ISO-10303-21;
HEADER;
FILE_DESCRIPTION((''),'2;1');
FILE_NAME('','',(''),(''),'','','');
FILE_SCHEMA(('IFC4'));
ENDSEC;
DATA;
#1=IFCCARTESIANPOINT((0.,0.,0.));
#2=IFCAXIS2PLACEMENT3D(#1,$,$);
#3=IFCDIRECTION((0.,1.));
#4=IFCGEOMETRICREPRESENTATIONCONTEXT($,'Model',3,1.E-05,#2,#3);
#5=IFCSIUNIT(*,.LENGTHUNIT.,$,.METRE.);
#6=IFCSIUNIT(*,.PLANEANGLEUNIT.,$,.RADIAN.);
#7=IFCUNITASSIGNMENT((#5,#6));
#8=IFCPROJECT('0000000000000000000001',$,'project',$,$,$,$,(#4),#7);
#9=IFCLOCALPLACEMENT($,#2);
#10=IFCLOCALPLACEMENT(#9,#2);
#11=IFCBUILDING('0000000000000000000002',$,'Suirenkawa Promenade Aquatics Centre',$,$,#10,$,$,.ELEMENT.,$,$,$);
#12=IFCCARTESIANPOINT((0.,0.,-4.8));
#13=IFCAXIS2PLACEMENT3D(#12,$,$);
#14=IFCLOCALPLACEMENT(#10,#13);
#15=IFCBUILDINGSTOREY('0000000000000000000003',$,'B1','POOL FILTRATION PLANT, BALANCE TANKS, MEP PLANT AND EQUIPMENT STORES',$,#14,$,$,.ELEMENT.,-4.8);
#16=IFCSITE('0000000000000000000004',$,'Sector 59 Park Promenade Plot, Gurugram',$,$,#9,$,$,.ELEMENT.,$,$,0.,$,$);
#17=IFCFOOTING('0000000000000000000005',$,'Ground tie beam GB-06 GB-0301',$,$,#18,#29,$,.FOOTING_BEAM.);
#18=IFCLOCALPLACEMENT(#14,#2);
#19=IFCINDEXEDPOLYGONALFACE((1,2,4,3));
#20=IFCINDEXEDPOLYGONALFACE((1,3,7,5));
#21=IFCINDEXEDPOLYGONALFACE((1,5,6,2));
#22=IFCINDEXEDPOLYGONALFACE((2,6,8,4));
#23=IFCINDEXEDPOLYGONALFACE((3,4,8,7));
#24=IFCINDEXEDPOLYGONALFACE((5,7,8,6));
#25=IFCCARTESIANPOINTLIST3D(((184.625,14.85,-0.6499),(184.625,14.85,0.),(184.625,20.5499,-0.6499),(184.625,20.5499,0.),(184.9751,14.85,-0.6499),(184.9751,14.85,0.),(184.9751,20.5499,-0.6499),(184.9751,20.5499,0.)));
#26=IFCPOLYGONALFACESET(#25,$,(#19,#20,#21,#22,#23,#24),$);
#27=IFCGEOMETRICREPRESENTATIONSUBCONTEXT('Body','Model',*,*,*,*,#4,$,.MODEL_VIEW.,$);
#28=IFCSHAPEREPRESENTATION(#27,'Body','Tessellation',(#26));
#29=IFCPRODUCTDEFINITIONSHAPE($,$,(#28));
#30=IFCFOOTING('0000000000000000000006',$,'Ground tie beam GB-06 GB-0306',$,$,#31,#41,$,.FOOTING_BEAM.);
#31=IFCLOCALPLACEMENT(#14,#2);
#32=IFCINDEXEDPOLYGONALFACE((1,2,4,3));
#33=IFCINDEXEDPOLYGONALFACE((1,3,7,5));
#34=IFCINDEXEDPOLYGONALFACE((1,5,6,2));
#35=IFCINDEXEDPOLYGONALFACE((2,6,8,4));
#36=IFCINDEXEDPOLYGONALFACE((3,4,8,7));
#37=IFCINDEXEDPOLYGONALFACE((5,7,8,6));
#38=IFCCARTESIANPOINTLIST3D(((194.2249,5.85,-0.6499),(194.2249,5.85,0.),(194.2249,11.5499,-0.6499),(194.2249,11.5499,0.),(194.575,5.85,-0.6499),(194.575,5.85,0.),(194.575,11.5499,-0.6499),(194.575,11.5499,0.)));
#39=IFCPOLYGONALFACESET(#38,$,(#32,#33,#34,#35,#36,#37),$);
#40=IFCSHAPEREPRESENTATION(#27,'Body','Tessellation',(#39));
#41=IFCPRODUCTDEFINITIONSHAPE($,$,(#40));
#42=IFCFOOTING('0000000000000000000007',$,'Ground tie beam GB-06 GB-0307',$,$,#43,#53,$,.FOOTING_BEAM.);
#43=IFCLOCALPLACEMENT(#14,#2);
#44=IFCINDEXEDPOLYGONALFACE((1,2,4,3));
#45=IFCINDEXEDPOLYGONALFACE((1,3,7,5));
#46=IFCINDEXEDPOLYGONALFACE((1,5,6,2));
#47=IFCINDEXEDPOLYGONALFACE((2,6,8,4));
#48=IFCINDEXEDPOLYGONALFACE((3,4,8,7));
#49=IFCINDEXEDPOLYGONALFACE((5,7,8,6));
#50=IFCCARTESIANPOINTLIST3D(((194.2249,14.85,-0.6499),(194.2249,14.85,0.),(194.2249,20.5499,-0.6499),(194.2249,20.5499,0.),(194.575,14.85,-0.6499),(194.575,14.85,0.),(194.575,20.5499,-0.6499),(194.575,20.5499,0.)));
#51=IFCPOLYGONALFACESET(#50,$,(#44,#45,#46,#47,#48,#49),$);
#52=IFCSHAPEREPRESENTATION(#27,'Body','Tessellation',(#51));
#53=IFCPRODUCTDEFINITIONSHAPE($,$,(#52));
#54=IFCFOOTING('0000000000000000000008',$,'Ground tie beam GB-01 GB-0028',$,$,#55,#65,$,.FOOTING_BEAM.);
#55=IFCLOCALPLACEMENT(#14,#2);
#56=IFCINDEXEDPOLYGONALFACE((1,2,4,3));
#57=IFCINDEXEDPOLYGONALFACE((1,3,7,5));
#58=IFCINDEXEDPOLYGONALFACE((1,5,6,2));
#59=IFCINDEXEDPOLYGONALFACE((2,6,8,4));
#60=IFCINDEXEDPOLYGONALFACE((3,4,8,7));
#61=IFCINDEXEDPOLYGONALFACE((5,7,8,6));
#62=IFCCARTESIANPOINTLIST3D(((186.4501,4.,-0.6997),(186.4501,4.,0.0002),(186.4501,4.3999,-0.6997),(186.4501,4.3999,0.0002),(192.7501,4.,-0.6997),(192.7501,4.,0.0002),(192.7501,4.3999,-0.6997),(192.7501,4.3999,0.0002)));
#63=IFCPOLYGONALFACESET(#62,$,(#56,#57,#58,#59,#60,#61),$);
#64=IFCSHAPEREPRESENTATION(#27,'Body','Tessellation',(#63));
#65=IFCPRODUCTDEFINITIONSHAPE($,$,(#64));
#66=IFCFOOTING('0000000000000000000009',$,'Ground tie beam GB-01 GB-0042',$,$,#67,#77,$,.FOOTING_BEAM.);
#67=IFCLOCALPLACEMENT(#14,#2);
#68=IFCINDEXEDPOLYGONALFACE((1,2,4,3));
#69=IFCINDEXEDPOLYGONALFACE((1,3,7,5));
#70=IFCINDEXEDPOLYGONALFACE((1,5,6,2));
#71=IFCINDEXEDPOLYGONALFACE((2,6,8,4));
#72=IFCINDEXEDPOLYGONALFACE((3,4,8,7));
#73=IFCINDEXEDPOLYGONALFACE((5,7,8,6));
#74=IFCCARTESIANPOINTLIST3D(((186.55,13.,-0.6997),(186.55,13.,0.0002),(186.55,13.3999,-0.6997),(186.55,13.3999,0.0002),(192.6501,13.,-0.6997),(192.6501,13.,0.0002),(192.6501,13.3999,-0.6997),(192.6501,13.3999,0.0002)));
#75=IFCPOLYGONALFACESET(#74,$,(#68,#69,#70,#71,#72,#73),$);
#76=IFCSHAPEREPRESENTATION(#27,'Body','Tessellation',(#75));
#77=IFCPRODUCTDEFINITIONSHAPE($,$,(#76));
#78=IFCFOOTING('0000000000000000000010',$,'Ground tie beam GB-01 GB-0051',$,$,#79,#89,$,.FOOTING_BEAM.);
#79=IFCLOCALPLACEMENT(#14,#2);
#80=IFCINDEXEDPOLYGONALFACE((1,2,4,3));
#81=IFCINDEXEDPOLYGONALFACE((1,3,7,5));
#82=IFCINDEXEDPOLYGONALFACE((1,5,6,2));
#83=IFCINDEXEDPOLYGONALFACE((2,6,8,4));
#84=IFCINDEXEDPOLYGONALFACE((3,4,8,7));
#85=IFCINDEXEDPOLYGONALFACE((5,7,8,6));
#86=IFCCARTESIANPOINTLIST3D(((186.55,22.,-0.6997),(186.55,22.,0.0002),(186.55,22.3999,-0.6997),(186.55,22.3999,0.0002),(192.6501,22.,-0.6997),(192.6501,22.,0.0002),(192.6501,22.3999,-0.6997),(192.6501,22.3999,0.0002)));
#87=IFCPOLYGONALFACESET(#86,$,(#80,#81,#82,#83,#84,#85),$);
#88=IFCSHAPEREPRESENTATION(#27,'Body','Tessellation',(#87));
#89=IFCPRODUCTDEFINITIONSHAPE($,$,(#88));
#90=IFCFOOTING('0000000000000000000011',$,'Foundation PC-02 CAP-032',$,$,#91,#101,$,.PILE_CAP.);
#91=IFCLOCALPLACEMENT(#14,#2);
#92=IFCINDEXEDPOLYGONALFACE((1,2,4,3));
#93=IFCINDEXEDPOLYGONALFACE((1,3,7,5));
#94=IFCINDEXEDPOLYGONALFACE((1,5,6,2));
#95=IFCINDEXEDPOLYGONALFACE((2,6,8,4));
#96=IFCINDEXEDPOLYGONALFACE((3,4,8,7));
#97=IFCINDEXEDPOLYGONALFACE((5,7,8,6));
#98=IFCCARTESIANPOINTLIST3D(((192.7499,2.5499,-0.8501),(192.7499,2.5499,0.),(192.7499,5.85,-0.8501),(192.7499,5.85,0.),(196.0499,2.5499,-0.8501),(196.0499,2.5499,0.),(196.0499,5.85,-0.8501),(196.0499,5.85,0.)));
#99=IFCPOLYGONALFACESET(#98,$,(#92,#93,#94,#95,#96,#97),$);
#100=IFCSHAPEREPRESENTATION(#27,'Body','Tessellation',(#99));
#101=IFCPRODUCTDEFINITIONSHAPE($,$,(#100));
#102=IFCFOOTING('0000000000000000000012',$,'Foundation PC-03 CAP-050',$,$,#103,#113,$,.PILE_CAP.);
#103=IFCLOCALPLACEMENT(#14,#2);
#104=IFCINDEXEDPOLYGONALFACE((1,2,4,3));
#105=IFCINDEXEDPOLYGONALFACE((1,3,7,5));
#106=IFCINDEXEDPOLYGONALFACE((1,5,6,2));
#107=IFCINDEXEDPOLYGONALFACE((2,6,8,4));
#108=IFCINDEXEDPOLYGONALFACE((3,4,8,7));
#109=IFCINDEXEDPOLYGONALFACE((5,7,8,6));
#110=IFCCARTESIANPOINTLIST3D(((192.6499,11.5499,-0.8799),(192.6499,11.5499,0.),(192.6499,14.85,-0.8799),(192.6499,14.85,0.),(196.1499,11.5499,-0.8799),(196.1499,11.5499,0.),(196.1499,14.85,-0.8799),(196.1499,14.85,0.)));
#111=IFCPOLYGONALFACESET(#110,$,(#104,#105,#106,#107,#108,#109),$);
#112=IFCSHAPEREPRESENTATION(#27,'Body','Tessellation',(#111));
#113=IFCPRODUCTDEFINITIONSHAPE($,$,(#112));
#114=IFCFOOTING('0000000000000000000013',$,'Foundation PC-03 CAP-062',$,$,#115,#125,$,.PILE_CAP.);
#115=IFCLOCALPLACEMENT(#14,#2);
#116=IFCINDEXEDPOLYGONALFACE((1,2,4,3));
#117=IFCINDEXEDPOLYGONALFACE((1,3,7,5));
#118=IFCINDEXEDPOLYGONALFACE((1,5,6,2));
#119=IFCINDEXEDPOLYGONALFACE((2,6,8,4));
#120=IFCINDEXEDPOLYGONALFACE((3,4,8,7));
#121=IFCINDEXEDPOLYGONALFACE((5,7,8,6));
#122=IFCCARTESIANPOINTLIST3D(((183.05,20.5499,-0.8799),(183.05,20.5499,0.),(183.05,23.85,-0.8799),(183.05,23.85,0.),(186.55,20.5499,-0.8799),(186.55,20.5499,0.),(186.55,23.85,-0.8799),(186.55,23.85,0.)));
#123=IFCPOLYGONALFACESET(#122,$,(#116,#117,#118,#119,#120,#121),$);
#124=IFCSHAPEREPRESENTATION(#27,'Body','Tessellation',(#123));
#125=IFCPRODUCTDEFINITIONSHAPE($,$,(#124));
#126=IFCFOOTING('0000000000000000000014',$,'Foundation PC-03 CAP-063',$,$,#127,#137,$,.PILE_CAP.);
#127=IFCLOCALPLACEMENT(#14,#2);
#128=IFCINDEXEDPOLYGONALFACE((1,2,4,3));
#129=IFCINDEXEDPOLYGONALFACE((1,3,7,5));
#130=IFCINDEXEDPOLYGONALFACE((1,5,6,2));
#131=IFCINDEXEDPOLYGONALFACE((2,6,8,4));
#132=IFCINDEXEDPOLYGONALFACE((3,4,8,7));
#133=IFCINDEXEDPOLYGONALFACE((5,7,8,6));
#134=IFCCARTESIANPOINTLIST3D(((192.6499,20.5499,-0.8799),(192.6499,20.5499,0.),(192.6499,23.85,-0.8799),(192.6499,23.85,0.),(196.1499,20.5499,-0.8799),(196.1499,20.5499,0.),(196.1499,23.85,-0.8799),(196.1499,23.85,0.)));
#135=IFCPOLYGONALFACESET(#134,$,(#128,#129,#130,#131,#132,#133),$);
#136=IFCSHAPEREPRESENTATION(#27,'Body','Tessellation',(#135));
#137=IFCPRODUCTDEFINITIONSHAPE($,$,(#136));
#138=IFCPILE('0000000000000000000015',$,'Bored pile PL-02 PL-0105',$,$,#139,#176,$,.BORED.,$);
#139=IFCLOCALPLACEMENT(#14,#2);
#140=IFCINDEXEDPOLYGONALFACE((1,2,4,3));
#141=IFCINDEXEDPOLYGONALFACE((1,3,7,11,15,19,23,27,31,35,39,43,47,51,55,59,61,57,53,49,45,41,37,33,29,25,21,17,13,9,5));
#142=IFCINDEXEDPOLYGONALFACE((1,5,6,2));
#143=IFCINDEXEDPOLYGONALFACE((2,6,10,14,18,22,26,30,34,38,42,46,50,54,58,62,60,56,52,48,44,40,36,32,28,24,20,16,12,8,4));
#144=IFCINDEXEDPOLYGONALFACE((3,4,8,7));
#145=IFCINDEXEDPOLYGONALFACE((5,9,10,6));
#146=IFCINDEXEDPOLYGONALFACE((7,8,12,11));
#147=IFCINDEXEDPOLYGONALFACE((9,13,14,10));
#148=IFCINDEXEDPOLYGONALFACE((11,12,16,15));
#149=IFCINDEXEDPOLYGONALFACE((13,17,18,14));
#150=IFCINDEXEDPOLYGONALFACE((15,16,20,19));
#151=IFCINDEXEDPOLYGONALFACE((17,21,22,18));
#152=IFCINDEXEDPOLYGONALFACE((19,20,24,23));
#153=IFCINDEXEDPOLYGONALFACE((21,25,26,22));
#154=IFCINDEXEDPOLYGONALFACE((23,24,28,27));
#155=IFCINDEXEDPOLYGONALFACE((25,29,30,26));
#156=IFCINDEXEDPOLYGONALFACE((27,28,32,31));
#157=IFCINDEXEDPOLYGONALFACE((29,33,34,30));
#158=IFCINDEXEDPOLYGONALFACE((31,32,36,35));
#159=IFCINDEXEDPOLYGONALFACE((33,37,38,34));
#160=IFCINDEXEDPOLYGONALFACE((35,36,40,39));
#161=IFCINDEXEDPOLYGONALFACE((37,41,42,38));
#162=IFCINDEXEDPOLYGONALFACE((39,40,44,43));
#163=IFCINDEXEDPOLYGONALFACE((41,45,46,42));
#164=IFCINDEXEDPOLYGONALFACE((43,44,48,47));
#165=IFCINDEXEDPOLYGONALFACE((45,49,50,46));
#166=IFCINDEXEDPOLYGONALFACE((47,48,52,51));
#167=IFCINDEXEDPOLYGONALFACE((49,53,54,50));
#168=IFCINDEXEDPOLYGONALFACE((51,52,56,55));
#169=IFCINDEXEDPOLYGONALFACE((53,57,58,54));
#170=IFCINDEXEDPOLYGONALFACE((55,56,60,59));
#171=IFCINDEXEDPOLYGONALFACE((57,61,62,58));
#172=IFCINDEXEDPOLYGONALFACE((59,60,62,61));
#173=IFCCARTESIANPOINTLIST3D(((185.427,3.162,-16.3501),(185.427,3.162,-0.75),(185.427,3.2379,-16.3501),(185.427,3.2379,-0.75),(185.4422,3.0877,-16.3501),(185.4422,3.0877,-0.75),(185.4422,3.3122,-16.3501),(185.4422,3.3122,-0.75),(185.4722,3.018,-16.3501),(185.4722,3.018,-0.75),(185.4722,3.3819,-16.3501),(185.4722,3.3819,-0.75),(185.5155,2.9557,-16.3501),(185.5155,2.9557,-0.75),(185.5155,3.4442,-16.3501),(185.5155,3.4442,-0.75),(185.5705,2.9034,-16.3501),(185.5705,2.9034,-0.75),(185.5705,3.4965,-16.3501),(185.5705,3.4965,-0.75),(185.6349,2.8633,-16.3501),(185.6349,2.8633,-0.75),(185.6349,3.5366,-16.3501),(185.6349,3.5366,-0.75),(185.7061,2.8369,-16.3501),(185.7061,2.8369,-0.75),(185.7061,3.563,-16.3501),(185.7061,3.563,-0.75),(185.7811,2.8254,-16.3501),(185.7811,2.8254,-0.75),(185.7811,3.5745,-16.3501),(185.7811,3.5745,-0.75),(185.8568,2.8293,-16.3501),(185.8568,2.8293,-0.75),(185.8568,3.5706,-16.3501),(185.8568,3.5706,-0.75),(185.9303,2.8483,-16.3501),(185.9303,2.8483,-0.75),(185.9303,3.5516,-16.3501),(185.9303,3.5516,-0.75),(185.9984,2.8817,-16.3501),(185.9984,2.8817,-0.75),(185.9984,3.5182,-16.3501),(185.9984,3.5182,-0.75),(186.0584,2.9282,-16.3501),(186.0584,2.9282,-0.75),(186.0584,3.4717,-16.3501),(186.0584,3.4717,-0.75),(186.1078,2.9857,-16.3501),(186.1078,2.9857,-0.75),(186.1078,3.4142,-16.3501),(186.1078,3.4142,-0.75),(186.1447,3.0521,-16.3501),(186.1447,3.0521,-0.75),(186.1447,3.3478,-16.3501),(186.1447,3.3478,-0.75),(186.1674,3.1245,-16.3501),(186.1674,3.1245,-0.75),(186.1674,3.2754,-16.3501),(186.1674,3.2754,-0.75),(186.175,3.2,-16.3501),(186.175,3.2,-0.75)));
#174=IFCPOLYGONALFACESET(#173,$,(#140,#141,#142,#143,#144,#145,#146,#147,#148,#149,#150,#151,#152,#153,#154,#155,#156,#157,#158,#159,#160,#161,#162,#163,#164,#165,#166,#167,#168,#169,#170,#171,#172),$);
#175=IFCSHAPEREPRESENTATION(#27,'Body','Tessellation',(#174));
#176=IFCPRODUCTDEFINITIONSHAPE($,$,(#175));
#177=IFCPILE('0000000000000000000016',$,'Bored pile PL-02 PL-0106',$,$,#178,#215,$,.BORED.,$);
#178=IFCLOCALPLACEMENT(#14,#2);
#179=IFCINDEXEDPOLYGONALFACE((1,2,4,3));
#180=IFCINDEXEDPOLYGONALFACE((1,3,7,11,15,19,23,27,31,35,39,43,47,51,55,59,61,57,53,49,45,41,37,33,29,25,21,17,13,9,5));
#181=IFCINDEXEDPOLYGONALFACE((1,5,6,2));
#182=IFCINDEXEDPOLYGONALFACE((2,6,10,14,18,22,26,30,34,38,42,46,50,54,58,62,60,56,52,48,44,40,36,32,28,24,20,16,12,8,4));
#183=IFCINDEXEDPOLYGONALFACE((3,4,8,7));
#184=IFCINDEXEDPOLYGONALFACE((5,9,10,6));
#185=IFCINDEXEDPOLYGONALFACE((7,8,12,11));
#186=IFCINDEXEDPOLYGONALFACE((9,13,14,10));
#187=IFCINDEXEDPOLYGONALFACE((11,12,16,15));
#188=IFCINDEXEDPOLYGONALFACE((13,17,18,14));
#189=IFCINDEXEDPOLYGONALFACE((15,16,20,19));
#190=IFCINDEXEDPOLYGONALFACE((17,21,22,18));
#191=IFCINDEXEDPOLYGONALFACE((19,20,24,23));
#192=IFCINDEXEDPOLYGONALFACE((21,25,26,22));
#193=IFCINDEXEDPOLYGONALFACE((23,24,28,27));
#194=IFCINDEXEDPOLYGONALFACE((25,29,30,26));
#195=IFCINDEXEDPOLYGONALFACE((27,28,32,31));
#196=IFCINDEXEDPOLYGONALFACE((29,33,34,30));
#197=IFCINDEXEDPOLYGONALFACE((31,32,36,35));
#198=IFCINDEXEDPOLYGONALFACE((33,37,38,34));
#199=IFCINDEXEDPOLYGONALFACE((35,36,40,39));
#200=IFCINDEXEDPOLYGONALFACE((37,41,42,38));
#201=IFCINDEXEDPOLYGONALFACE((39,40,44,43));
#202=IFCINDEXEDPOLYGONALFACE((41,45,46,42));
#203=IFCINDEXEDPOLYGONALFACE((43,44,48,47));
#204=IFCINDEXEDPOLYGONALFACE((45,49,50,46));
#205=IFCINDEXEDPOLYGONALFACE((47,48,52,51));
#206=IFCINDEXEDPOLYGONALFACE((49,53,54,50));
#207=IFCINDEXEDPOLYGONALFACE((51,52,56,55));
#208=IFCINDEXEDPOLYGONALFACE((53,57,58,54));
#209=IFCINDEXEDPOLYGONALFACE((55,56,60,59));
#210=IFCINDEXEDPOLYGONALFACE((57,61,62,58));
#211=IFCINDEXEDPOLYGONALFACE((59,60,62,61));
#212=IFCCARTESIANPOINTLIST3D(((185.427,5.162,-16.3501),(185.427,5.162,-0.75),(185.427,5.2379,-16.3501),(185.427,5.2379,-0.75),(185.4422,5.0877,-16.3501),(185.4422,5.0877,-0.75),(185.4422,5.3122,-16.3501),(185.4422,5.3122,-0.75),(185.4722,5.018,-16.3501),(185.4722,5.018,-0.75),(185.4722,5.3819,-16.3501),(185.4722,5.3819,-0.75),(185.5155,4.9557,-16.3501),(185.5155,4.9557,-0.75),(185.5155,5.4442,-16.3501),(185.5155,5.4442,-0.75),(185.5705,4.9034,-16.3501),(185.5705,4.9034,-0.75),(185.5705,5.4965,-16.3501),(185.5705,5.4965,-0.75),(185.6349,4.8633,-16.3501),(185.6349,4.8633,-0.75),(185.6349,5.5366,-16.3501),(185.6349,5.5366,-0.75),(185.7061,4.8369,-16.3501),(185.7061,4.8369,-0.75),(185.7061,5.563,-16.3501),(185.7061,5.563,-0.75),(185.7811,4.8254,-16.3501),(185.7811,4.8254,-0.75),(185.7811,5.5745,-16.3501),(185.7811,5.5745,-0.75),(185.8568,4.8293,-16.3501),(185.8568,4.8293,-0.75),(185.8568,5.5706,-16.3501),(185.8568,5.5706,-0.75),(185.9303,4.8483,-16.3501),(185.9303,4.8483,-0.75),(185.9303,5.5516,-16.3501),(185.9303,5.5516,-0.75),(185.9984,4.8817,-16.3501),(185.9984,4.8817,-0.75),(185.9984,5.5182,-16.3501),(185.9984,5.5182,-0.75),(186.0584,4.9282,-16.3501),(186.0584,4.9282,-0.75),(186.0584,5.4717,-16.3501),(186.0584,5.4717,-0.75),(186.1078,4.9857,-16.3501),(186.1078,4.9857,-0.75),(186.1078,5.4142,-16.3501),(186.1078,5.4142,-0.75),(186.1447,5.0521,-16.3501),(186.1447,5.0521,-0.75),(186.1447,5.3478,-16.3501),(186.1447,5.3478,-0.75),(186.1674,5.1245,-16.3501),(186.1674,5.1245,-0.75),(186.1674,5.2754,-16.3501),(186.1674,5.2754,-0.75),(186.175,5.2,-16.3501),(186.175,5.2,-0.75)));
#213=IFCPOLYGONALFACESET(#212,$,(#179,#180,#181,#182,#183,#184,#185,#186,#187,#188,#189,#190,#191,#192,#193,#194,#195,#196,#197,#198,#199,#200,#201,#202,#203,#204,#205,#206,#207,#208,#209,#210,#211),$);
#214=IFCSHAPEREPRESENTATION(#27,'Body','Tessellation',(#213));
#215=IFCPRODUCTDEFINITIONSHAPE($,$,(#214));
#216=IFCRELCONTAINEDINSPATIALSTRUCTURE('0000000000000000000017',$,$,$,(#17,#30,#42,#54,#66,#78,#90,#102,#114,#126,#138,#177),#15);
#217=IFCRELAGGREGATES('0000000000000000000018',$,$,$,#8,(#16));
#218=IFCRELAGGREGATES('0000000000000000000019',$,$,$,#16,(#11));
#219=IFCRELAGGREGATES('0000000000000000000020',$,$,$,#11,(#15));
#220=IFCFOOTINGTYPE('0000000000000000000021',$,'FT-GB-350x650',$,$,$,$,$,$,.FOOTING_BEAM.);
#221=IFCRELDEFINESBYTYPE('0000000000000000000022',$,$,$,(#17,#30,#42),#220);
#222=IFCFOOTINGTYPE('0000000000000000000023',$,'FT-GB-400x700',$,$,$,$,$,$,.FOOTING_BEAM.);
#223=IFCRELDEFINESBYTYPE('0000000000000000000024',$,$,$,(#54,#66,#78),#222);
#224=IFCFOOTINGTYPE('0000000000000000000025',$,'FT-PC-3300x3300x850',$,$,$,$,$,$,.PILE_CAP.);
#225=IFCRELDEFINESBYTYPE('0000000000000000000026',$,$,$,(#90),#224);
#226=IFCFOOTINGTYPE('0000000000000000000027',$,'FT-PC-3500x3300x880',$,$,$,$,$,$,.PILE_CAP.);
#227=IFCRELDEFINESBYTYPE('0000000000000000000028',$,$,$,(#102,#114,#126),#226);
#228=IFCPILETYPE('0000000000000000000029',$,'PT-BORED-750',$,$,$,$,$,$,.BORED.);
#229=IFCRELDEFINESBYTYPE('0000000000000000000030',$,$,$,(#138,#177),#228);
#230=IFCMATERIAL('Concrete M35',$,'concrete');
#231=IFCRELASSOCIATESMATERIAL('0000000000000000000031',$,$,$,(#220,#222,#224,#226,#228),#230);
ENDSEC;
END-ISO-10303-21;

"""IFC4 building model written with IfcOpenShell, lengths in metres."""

from ifc_helpers import new_model, si_unit, direction, frame, origin, origin_2d, place, context, subcontext, project, spatial, rectangle, circle, extrude, material, material_profile, profile_set, type_object, element, save


model = new_model("IFC4")

# Units and contexts
model_context = context("Model", 3, precision=1e-05, world=origin(), true_north=direction((0.0, 1.0)))
body_context = subcontext(model_context, "Body", "Model", "MODEL_VIEW")
ifc_project = project(units=[si_unit("LENGTHUNIT", "METRE"), si_unit("PLANEANGLEUNIT", "RADIAN")], contexts=[model_context])

# Site, building, storey
site_placement = place(None, origin())
site = spatial("IfcSite", under=ifc_project, at=site_placement, Name="Sector 59 Park Promenade Plot, Gurugram", CompositionType="ELEMENT", RefElevation=0.0)
building_placement = place(site_placement, origin())
building = spatial("IfcBuilding", under=site, at=building_placement, Name="Suirenkawa Promenade Aquatics Centre", CompositionType="ELEMENT")
storey_placement = place(building_placement, frame((0.0, 0.0, -4.8)))
storey = spatial("IfcBuildingStorey", under=building, at=storey_placement, Name="B1", Description="POOL FILTRATION PLANT, BALANCE TANKS, MEP PLANT AND EQUIPMENT STORES", CompositionType="ELEMENT", Elevation=-4.8)

# Footings
ifc_material_1 = material(Name="Concrete M35", Category="concrete")
footing_type_1 = type_object("IfcFootingType", Name="FT-GB-350x650", PredefinedType="FOOTING_BEAM", material=ifc_material_1)
for number, where, z_axis, x_axis, name in (
    (1, (184.8, 17.7, -0.6499), (0.0, 0.0, 1.0), (0.0, 1.0, 0.0), "Ground tie beam GB-06 GB-0301"),
    (2, (194.3999, 8.7, -0.6499), (0.0, 0.0, 1.0), (0.0, 1.0, 0.0), "Ground tie beam GB-06 GB-0306"),
    (3, (194.3999, 17.7, -0.6499), (0.0, 0.0, 1.0), (0.0, 1.0, 0.0), "Ground tie beam GB-06 GB-0307"),
):
    element("IfcFooting", number, at=place(storey_placement, frame(where, z_axis=z_axis, x_axis=x_axis)), inside=storey, type_object=footing_type_1, Name=name, PredefinedType="FOOTING_BEAM", context=body_context, shape_type="SweptSolid", body=[
        extrude(rectangle(XDim=5.7, YDim=0.3501, at=origin_2d()), origin(), (0.0, 0.0, 1.0), 0.6499),
    ])
footing_type_2 = type_object("IfcFootingType", Name="FT-GB-400x700", PredefinedType="FOOTING_BEAM", material=ifc_material_1)
footing_1_placement = place(storey_placement, frame((189.6001, 4.2, -0.6997), z_axis=(0.0, 0.0, 1.0), x_axis=(1.0, 0.0, 0.0)))
element("IfcFooting", 4, at=footing_1_placement, inside=storey, type_object=footing_type_2, Name="Ground tie beam GB-01 GB-0028", PredefinedType="FOOTING_BEAM", context=body_context, shape_type="SweptSolid", body=[
    extrude(rectangle(XDim=6.3, YDim=0.3999, at=origin_2d()), origin(), (0.0, 0.0, 1.0), 0.7),
])
for number, where, z_axis, x_axis, name in (
    (5, (189.6001, 13.2, -0.6997), (0.0, 0.0, 1.0), (1.0, 0.0, 0.0), "Ground tie beam GB-01 GB-0042"),
    (6, (189.6001, 22.2, -0.6997), (0.0, 0.0, 1.0), (1.0, 0.0, 0.0), "Ground tie beam GB-01 GB-0051"),
):
    element("IfcFooting", number, at=place(storey_placement, frame(where, z_axis=z_axis, x_axis=x_axis)), inside=storey, type_object=footing_type_2, Name=name, PredefinedType="FOOTING_BEAM", context=body_context, shape_type="SweptSolid", body=[
        extrude(rectangle(XDim=6.1001, YDim=0.3999, at=origin_2d()), origin(), (0.0, 0.0, 1.0), 0.7),
    ])
footing_type_3 = type_object("IfcFootingType", Name="FT-PC-3300x3300x850", PredefinedType="PILE_CAP", material=ifc_material_1)
footing_2_placement = place(storey_placement, frame((194.3999, 4.2, -0.8501), z_axis=(0.0, 0.0, 1.0), x_axis=(1.0, 0.0, 0.0)))
element("IfcFooting", 7, at=footing_2_placement, inside=storey, type_object=footing_type_3, Name="Foundation PC-02 CAP-032", PredefinedType="PILE_CAP", context=body_context, shape_type="SweptSolid", body=[
    extrude(rectangle(XDim=3.3, YDim=3.3, at=origin_2d()), origin(), (0.0, 0.0, 1.0), 0.8501),
])
footing_type_4 = type_object("IfcFootingType", Name="FT-PC-3500x3300x880", PredefinedType="PILE_CAP", material=ifc_material_1)
for number, where, z_axis, x_axis, name in (
    (8, (194.3999, 13.2, -0.8799), (0.0, 0.0, 1.0), (1.0, 0.0, 0.0), "Foundation PC-03 CAP-050"),
    (9, (184.8, 22.2, -0.8799), (0.0, 0.0, 1.0), (1.0, 0.0, 0.0), "Foundation PC-03 CAP-062"),
    (10, (194.3999, 22.2, -0.8799), (0.0, 0.0, 1.0), (1.0, 0.0, 0.0), "Foundation PC-03 CAP-063"),
):
    element("IfcFooting", number, at=place(storey_placement, frame(where, z_axis=z_axis, x_axis=x_axis)), inside=storey, type_object=footing_type_4, Name=name, PredefinedType="PILE_CAP", context=body_context, shape_type="SweptSolid", body=[
        extrude(rectangle(XDim=3.5, YDim=3.3, at=origin_2d()), origin(), (0.0, 0.0, 1.0), 0.8799),
    ])

# Piles
ifc_material_profile_1 = material_profile(ifc_material_1, circle(Radius=0.375, at=origin_2d()), Name="PILE D750", Category="concrete")
ifc_profile_set_1 = profile_set([ifc_material_profile_1], Name="Concrete M35")
pile_type = type_object("IfcPileType", Name="PT-BORED-750", PredefinedType="BORED", material=ifc_profile_set_1)
for number, where, z_axis, x_axis, name in (
    (11, (185.8, 3.2, -0.75), (0.0, 0.0, -1.0), (1.0, 0.0, 0.0), "Bored pile PL-02 PL-0105"),
    (12, (185.8, 5.2, -0.75), (0.0, 0.0, -1.0), (1.0, 0.0, 0.0), "Bored pile PL-02 PL-0106"),
):
    element("IfcPile", number, at=place(storey_placement, frame(where, z_axis=z_axis, x_axis=x_axis)), inside=storey, type_object=pile_type, Name=name, PredefinedType="BORED", context=body_context, shape_type="SweptSolid", body=[
        extrude(circle(Radius=0.375, at=origin_2d()), origin(), (0.0, 0.0, 1.0), 15.6001),
    ])

save(model, "model.ifc")
